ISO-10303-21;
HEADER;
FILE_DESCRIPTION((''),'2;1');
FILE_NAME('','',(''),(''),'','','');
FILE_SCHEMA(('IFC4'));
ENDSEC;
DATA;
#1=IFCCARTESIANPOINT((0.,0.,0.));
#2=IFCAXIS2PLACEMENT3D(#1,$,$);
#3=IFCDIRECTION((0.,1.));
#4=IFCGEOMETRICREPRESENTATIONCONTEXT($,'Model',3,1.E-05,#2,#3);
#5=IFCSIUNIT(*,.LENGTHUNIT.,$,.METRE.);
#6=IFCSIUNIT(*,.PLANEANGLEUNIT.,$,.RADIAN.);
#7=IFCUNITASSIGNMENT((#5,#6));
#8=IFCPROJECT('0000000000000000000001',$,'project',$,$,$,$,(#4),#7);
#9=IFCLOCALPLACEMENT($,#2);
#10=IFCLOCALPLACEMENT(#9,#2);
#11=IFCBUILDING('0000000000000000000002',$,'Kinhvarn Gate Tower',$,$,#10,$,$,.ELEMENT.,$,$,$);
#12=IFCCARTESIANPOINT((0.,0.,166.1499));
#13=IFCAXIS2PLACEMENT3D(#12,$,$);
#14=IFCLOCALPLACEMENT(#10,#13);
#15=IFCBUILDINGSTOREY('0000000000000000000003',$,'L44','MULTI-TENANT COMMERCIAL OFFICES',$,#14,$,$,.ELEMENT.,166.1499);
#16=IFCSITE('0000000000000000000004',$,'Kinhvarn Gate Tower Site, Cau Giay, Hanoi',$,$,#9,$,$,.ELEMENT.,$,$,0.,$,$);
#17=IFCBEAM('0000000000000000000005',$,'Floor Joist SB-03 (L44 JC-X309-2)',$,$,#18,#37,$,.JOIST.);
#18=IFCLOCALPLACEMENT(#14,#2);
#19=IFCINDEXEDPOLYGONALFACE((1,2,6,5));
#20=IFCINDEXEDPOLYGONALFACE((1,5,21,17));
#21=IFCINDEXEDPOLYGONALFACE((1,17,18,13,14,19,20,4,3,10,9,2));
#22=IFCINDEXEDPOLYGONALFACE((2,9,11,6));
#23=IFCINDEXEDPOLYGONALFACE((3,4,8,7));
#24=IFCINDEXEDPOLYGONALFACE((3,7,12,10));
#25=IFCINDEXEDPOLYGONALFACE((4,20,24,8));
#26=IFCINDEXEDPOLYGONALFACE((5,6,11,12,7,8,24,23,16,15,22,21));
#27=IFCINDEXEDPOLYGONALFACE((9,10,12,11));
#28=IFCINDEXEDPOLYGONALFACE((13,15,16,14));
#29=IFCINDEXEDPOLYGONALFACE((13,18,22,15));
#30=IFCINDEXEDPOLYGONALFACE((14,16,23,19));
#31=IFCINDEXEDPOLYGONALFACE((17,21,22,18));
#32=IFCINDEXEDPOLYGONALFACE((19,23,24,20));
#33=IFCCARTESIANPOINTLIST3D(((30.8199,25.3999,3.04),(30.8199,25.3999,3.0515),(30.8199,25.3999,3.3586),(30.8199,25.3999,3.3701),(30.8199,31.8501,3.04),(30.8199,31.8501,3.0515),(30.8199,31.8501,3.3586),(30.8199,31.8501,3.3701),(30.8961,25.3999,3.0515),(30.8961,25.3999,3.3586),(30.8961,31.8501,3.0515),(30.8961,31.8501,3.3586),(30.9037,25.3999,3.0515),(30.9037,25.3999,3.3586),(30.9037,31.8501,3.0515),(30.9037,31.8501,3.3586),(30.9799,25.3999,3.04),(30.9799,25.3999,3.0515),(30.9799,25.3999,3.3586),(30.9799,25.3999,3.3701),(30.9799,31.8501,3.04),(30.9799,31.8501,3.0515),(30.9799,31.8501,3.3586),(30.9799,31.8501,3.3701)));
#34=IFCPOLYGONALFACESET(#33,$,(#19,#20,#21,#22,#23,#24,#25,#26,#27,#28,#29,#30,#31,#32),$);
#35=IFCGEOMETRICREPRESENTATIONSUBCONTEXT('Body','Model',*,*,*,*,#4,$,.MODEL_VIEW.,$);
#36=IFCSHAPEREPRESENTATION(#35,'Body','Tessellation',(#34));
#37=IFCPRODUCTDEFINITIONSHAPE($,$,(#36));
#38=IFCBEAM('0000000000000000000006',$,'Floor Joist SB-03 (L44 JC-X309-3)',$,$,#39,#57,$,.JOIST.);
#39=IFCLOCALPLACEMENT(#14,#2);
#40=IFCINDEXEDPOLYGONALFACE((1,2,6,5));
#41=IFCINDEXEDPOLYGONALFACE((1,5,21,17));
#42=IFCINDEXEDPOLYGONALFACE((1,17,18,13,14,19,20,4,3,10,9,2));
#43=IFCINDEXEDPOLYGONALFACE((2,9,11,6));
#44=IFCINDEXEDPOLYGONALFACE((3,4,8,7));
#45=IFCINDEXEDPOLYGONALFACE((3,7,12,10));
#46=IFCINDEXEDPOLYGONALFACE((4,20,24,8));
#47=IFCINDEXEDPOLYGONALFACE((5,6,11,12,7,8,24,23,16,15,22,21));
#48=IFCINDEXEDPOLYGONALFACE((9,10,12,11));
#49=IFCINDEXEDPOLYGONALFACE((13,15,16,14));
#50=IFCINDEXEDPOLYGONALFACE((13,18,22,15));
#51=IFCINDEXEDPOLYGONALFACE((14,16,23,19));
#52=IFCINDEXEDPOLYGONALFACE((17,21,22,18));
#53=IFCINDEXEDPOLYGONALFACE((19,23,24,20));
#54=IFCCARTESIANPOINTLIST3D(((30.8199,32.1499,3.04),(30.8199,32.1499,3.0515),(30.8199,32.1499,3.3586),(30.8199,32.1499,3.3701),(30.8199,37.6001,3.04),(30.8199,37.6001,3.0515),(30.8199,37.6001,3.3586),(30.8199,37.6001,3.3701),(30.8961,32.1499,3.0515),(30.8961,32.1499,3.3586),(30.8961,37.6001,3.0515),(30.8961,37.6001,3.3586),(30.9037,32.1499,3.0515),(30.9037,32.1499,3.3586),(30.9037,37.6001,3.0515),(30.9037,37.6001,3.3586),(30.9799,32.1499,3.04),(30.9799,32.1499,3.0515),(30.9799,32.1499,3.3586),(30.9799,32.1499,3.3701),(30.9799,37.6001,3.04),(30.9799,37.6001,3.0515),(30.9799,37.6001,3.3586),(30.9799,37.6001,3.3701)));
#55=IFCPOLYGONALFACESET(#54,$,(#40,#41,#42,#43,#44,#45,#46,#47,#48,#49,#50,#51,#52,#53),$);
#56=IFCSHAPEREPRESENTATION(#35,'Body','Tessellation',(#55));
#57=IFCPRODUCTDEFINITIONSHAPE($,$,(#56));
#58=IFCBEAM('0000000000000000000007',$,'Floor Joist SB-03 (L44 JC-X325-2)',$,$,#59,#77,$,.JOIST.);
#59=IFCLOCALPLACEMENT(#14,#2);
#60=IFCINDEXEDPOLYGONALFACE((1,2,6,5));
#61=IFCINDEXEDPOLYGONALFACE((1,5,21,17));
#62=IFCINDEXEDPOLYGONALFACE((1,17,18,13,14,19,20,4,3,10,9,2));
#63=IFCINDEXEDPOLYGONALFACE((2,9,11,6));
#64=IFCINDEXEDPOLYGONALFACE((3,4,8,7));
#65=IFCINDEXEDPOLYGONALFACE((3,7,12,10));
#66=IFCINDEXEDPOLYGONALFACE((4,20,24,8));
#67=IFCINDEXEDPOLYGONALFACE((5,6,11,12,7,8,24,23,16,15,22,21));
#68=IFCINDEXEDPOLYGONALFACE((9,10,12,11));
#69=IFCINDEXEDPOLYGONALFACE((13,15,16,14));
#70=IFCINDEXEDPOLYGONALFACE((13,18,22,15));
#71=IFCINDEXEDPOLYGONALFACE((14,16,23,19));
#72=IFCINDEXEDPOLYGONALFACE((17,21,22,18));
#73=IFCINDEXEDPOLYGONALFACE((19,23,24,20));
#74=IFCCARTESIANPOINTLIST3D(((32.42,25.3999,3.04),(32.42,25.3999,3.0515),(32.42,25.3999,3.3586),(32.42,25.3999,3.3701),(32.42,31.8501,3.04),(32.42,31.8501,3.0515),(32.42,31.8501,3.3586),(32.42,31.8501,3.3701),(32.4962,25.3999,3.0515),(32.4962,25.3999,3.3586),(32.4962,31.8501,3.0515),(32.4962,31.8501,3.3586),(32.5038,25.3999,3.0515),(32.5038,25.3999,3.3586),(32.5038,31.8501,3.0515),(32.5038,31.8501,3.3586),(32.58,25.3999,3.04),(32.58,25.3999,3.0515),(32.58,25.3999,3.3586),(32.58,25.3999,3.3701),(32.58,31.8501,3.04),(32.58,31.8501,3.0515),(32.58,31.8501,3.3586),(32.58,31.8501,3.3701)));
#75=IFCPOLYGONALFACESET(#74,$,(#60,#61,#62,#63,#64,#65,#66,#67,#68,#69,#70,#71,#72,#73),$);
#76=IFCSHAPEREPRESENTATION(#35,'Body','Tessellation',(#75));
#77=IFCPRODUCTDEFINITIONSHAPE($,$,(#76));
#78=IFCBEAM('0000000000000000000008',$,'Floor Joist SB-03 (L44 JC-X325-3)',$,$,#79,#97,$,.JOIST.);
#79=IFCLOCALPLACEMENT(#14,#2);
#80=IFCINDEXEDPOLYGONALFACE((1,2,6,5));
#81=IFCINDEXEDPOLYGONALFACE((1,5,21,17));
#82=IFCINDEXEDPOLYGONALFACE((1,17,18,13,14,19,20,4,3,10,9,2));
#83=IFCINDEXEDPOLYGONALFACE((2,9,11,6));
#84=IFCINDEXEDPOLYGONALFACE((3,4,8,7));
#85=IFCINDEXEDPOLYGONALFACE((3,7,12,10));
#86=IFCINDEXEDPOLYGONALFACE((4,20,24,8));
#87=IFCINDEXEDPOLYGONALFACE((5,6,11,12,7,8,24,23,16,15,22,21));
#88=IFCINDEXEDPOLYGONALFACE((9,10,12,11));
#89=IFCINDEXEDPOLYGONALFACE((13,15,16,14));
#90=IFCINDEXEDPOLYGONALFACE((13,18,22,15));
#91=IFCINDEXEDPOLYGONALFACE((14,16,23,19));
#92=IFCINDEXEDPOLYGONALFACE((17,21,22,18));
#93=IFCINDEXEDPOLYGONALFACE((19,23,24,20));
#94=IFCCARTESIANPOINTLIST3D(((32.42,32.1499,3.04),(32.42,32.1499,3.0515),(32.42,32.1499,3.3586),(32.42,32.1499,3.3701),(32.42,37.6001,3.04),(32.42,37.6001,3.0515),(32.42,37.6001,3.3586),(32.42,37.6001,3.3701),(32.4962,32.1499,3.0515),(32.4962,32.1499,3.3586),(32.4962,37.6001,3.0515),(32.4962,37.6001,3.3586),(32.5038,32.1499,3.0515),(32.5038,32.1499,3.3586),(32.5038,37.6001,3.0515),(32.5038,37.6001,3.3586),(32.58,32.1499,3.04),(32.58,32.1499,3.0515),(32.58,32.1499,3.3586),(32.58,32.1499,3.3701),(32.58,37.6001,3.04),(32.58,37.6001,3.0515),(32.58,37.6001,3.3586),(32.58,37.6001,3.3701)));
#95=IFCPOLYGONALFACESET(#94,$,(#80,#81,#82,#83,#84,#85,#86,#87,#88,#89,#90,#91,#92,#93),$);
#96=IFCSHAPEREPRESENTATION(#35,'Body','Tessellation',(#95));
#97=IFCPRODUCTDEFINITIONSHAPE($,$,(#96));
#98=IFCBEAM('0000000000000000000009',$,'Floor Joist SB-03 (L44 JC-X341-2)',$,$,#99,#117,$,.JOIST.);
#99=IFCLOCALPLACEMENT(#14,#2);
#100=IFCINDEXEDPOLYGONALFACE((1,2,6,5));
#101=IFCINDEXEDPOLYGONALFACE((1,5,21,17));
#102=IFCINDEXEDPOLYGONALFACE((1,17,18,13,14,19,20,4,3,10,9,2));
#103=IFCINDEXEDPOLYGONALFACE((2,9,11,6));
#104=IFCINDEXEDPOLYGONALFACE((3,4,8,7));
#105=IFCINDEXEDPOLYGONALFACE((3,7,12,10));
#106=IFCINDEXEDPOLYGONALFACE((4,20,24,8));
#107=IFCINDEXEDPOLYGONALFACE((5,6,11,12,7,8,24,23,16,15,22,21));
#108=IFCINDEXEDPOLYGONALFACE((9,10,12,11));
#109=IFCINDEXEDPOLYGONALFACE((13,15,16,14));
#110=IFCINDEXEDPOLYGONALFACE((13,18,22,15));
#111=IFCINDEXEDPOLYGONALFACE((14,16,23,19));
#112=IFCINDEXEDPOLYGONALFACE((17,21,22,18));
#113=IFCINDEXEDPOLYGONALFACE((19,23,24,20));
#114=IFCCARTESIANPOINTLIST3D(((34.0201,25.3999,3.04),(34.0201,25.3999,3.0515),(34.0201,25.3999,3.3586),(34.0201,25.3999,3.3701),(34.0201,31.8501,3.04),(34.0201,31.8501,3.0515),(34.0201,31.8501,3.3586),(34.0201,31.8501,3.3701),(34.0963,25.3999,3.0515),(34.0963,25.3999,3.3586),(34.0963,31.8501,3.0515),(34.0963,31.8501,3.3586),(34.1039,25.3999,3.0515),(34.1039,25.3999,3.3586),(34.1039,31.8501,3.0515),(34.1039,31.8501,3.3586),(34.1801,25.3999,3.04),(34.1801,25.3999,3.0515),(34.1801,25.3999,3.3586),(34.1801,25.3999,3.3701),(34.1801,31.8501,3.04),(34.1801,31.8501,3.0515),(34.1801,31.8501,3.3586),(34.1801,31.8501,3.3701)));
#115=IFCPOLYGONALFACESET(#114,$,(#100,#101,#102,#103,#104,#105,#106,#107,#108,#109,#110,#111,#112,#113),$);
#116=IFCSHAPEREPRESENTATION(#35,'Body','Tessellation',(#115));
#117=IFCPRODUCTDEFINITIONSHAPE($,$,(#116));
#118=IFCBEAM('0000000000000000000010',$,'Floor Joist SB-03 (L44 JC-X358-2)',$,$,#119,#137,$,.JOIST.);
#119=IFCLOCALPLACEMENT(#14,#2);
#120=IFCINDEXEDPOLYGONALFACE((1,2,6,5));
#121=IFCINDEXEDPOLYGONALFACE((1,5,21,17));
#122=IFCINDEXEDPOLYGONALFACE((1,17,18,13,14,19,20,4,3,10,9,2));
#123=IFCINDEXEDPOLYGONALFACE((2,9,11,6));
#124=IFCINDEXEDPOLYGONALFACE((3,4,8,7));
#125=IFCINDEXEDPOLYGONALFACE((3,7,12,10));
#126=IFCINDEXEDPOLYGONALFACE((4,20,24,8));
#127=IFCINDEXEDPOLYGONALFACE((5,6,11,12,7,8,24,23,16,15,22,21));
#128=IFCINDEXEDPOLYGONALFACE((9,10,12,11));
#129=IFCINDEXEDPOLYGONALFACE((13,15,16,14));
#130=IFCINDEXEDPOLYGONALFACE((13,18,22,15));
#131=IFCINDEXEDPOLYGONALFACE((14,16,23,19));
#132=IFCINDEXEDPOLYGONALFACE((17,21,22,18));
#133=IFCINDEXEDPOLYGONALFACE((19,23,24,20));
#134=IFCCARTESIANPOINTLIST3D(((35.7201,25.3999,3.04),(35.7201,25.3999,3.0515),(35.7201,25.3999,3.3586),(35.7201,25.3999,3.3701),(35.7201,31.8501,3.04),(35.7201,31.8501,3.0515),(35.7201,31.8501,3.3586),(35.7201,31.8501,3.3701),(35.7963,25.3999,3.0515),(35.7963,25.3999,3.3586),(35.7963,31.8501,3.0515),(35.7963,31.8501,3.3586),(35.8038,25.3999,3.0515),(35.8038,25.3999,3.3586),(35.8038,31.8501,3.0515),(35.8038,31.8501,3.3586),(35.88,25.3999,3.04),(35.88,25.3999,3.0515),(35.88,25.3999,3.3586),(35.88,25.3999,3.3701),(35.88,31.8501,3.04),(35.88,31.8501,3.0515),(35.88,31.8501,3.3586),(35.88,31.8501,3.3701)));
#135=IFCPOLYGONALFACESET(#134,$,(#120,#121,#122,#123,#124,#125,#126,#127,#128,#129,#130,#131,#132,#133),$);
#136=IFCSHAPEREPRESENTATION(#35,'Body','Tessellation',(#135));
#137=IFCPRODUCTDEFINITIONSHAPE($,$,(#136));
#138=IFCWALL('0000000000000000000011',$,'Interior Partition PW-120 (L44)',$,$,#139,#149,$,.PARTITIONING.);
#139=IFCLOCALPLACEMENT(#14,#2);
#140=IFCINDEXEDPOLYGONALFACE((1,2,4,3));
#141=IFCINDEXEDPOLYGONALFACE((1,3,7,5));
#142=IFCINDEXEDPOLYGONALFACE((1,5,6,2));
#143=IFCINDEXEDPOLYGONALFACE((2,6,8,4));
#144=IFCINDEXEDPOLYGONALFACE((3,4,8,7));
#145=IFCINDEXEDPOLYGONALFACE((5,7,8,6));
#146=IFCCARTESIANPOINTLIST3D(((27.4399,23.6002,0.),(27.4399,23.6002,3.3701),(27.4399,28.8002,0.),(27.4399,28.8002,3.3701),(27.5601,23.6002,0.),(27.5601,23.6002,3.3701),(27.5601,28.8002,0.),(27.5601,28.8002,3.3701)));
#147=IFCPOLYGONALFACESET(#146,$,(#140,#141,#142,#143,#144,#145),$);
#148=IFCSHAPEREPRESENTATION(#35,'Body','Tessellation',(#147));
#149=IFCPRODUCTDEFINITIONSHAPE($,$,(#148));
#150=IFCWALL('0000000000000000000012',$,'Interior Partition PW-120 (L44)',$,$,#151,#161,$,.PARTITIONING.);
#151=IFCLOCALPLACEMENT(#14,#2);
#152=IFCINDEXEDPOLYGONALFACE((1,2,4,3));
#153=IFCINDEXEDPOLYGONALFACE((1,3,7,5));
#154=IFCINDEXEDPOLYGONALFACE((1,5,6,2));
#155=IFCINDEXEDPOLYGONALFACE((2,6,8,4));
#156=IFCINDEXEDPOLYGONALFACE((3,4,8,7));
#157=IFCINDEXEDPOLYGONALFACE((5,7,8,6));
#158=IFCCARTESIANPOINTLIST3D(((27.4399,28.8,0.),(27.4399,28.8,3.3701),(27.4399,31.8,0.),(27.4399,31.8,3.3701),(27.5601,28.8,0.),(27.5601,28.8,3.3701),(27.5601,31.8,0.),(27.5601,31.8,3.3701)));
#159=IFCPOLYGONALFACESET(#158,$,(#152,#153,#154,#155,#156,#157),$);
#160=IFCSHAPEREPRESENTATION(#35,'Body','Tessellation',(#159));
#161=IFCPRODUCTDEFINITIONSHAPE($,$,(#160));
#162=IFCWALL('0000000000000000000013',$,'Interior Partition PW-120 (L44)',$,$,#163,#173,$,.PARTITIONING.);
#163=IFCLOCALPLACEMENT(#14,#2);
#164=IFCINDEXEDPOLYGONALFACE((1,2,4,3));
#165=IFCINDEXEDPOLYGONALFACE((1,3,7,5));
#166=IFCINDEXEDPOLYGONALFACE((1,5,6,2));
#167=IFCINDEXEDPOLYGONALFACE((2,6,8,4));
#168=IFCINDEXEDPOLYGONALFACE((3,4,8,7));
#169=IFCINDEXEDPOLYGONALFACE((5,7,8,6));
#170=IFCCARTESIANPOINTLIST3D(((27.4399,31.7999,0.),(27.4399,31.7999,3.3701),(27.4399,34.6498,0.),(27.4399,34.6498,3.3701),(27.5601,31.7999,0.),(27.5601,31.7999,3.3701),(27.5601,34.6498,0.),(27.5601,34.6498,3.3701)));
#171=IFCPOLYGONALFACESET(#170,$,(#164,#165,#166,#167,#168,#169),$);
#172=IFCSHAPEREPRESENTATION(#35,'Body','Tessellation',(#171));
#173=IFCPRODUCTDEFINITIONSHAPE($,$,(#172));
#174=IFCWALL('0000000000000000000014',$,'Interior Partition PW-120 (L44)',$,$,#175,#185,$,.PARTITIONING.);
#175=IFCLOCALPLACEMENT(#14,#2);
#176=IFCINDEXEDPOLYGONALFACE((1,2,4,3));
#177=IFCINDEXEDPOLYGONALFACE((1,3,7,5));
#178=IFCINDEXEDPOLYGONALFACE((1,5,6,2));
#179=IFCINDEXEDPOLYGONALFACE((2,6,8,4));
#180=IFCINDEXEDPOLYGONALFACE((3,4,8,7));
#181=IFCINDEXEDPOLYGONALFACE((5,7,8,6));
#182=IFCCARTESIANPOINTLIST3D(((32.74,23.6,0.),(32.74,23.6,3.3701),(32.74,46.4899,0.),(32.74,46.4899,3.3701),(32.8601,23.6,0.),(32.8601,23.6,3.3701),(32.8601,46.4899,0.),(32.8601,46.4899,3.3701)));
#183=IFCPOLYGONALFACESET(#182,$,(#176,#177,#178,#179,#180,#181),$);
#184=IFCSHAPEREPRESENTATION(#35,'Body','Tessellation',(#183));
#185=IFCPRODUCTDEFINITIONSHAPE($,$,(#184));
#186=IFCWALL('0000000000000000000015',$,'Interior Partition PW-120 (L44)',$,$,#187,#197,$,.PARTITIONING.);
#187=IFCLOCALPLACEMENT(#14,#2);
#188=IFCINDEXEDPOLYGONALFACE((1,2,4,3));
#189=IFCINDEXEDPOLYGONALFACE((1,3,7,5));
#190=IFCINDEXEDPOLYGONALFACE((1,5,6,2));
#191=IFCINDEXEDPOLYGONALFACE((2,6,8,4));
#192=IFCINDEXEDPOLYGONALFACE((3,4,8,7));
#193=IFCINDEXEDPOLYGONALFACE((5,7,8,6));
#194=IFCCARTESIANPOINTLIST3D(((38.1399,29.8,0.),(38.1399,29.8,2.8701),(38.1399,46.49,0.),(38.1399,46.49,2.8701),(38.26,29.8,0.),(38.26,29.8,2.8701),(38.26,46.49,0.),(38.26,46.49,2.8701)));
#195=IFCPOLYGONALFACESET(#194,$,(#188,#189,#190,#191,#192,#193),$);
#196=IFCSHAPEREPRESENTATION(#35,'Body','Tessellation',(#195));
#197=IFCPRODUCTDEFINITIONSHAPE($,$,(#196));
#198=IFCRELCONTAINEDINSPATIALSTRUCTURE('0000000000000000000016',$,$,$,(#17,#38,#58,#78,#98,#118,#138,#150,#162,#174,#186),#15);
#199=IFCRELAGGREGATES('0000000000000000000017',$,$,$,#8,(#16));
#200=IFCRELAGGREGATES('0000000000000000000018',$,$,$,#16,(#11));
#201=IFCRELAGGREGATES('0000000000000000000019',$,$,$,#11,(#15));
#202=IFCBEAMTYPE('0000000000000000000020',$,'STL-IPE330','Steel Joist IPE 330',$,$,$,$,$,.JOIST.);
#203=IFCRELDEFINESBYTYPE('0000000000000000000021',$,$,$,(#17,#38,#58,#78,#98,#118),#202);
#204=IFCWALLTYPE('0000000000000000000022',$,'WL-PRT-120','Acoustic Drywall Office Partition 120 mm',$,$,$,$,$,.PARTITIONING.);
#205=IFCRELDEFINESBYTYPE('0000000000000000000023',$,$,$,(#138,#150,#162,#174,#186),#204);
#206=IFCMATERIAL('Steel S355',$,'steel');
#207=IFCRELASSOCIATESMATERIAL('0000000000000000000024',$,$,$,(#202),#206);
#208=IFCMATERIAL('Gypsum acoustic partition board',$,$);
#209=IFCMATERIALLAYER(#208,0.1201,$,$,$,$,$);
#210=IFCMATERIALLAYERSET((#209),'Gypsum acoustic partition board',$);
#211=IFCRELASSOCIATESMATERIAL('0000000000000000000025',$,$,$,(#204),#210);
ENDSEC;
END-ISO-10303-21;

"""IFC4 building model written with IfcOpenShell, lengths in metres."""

from ifc_helpers import new_model, si_unit, direction, frame, frame_2d, origin, origin_2d, place, context, subcontext, project, spatial, rectangle, i_section, extrude, material, layer, layer_set, material_profile, profile_set, type_object, element, save


model = new_model("IFC4")

# Units and contexts
model_context = context("Model", 3, precision=1e-05, world=origin(), true_north=direction((0.0, 1.0)))
body_context = subcontext(model_context, "Body", "Model", "MODEL_VIEW")
ifc_project = project(units=[si_unit("LENGTHUNIT", "METRE"), si_unit("PLANEANGLEUNIT", "RADIAN")], contexts=[model_context])

# Site, building, storey
site_placement = place(None, origin())
site = spatial("IfcSite", under=ifc_project, at=site_placement, Name="Kinhvarn Gate Tower Site, Cau Giay, Hanoi", CompositionType="ELEMENT", RefElevation=0.0)
building_placement = place(site_placement, origin())
building = spatial("IfcBuilding", under=site, at=building_placement, Name="Kinhvarn Gate Tower", CompositionType="ELEMENT")
storey_placement = place(building_placement, frame((0.0, 0.0, 166.1499)))
storey = spatial("IfcBuildingStorey", under=building, at=storey_placement, Name="L44", Description="MULTI-TENANT COMMERCIAL OFFICES", CompositionType="ELEMENT", Elevation=166.1499)

# Beams
ifc_material_1 = material(Name="Steel S355", Category="steel")
ifc_material_profile_1 = material_profile(ifc_material_1, i_section(OverallWidth=0.1599, OverallDepth=0.3301, WebThickness=0.0076, FlangeThickness=0.0115, at=origin_2d()), Name="IPE 330")
ifc_profile_set_1 = profile_set([ifc_material_profile_1], Name="Steel S355")
beam_type_1 = type_object("IfcBeamType", Name="STL-IPE330", Description="Steel Joist IPE 330", PredefinedType="JOIST", material=ifc_profile_set_1)
beam_1_placement = place(storey_placement, frame((30.8999, 25.3999, 3.2051), z_axis=(0.0, 1.0, 0.0), x_axis=(-1.0, 0.0, 0.0)))
element("IfcBeam", 1, at=beam_1_placement, inside=storey, type_object=beam_type_1, Name="Floor Joist SB-03 (L44 JC-X309-2)", PredefinedType="JOIST", context=body_context, shape_type="SweptSolid", body=[
    extrude(i_section(OverallWidth=0.1599, OverallDepth=0.3301, WebThickness=0.0076, FlangeThickness=0.0115, at=origin_2d()), origin(), (0.0, 0.0, 1.0), 6.4502),
])
beam_2_placement = place(storey_placement, frame((30.8999, 32.1499, 3.2051), z_axis=(0.0, 1.0, 0.0), x_axis=(-1.0, 0.0, 0.0)))
element("IfcBeam", 2, at=beam_2_placement, inside=storey, type_object=beam_type_1, Name="Floor Joist SB-03 (L44 JC-X309-3)", PredefinedType="JOIST", context=body_context, shape_type="SweptSolid", body=[
    extrude(i_section(OverallWidth=0.1599, OverallDepth=0.3301, WebThickness=0.0076, FlangeThickness=0.0115, at=origin_2d()), origin(), (0.0, 0.0, 1.0), 5.4502),
])
beam_3_placement = place(storey_placement, frame((32.5, 25.3999, 3.2051), z_axis=(0.0, 1.0, 0.0), x_axis=(-1.0, 0.0, 0.0)))
element("IfcBeam", 3, at=beam_3_placement, inside=storey, type_object=beam_type_1, Name="Floor Joist SB-03 (L44 JC-X325-2)", PredefinedType="JOIST", context=body_context, shape_type="SweptSolid", body=[
    extrude(i_section(OverallWidth=0.1599, OverallDepth=0.3301, WebThickness=0.0076, FlangeThickness=0.0115, at=origin_2d()), origin(), (0.0, 0.0, 1.0), 6.4502),
])
beam_4_placement = place(storey_placement, frame((32.5, 32.1499, 3.2051), z_axis=(0.0, 1.0, 0.0), x_axis=(-1.0, 0.0, 0.0)))
element("IfcBeam", 4, at=beam_4_placement, inside=storey, type_object=beam_type_1, Name="Floor Joist SB-03 (L44 JC-X325-3)", PredefinedType="JOIST", context=body_context, shape_type="SweptSolid", body=[
    extrude(i_section(OverallWidth=0.1599, OverallDepth=0.3301, WebThickness=0.0076, FlangeThickness=0.0115, at=origin_2d()), origin(), (0.0, 0.0, 1.0), 5.4502),
])
for number, where, z_axis, x_axis, name in (
    (5, (34.1001, 25.3999, 3.2051), (0.0, 1.0, 0.0), (-1.0, 0.0, 0.0), "Floor Joist SB-03 (L44 JC-X341-2)"),
    (6, (35.8, 25.3999, 3.2051), (0.0, 1.0, 0.0), (-1.0, 0.0, 0.0), "Floor Joist SB-03 (L44 JC-X358-2)"),
):
    element("IfcBeam", number, at=place(storey_placement, frame(where, z_axis=z_axis, x_axis=x_axis)), inside=storey, type_object=beam_type_1, Name=name, PredefinedType="JOIST", context=body_context, shape_type="SweptSolid", body=[
        extrude(i_section(OverallWidth=0.1599, OverallDepth=0.3301, WebThickness=0.0076, FlangeThickness=0.0115, at=origin_2d()), origin(), (0.0, 0.0, 1.0), 6.4502),
    ])

# Walls
ifc_material_2 = material(Name="Gypsum acoustic partition board")
ifc_layer_1 = layer(ifc_material_2, 0.1201)
ifc_layer_set_1 = layer_set([ifc_layer_1], Name="Gypsum acoustic partition board")
wall_type_1 = type_object("IfcWallType", Name="WL-PRT-120", Description="Acoustic Drywall Office Partition 120 mm", PredefinedType="PARTITIONING", material=ifc_layer_set_1)
wall_1_placement = place(storey_placement, frame((27.5, 23.6001, 0.0), z_axis=(0.0, 0.0, 1.0), x_axis=(0.0, 1.0, 0.0)))
element("IfcWall", 7, at=wall_1_placement, inside=storey, type_object=wall_type_1, Name="Interior Partition PW-120 (L44)", PredefinedType="PARTITIONING", context=body_context, shape_type="SweptSolid", body=[
    extrude(rectangle(XDim=5.2, YDim=0.1201, at=frame_2d((2.6001, 0.0))), origin(), (0.0, 0.0, 1.0), 3.3701),
])
wall_2_placement = place(storey_placement, frame((27.5, 28.8, 0.0), z_axis=(0.0, 0.0, 1.0), x_axis=(0.0, 1.0, 0.0)))
element("IfcWall", 8, at=wall_2_placement, inside=storey, type_object=wall_type_1, Name="Interior Partition PW-120 (L44)", PredefinedType="PARTITIONING", context=body_context, shape_type="SweptSolid", body=[
    extrude(rectangle(XDim=3.0, YDim=0.1201, at=frame_2d((1.5, 0.0))), origin(), (0.0, 0.0, 1.0), 3.3701),
])
wall_3_placement = place(storey_placement, frame((27.5, 31.8, 0.0), z_axis=(0.0, 0.0, 1.0), x_axis=(0.0, 1.0, 0.0)))
element("IfcWall", 9, at=wall_3_placement, inside=storey, type_object=wall_type_1, Name="Interior Partition PW-120 (L44)", PredefinedType="PARTITIONING", context=body_context, shape_type="SweptSolid", body=[
    extrude(rectangle(XDim=2.8499, YDim=0.1201, at=frame_2d((1.4248, 0.0))), origin(), (0.0, 0.0, 1.0), 3.3701),
])
wall_4_placement = place(storey_placement, frame((32.8, 23.6001, 0.0), z_axis=(0.0, 0.0, 1.0), x_axis=(0.0, 1.0, 0.0)))
element("IfcWall", 10, at=wall_4_placement, inside=storey, type_object=wall_type_1, Name="Interior Partition PW-120 (L44)", PredefinedType="PARTITIONING", context=body_context, shape_type="SweptSolid", body=[
    extrude(rectangle(XDim=22.8899, YDim=0.1201, at=frame_2d((11.4448, 0.0))), origin(), (0.0, 0.0, 1.0), 3.3701),
])
wall_5_placement = place(storey_placement, frame((38.2, 29.8, 0.0), z_axis=(0.0, 0.0, 1.0), x_axis=(0.0, 1.0, 0.0)))
element("IfcWall", 11, at=wall_5_placement, inside=storey, type_object=wall_type_1, Name="Interior Partition PW-120 (L44)", PredefinedType="PARTITIONING", context=body_context, shape_type="SweptSolid", body=[
    extrude(rectangle(XDim=16.6899, YDim=0.1201, at=frame_2d((8.345, 0.0))), origin(), (0.0, 0.0, 1.0), 2.8701),
])

save(model, "model.ifc")
